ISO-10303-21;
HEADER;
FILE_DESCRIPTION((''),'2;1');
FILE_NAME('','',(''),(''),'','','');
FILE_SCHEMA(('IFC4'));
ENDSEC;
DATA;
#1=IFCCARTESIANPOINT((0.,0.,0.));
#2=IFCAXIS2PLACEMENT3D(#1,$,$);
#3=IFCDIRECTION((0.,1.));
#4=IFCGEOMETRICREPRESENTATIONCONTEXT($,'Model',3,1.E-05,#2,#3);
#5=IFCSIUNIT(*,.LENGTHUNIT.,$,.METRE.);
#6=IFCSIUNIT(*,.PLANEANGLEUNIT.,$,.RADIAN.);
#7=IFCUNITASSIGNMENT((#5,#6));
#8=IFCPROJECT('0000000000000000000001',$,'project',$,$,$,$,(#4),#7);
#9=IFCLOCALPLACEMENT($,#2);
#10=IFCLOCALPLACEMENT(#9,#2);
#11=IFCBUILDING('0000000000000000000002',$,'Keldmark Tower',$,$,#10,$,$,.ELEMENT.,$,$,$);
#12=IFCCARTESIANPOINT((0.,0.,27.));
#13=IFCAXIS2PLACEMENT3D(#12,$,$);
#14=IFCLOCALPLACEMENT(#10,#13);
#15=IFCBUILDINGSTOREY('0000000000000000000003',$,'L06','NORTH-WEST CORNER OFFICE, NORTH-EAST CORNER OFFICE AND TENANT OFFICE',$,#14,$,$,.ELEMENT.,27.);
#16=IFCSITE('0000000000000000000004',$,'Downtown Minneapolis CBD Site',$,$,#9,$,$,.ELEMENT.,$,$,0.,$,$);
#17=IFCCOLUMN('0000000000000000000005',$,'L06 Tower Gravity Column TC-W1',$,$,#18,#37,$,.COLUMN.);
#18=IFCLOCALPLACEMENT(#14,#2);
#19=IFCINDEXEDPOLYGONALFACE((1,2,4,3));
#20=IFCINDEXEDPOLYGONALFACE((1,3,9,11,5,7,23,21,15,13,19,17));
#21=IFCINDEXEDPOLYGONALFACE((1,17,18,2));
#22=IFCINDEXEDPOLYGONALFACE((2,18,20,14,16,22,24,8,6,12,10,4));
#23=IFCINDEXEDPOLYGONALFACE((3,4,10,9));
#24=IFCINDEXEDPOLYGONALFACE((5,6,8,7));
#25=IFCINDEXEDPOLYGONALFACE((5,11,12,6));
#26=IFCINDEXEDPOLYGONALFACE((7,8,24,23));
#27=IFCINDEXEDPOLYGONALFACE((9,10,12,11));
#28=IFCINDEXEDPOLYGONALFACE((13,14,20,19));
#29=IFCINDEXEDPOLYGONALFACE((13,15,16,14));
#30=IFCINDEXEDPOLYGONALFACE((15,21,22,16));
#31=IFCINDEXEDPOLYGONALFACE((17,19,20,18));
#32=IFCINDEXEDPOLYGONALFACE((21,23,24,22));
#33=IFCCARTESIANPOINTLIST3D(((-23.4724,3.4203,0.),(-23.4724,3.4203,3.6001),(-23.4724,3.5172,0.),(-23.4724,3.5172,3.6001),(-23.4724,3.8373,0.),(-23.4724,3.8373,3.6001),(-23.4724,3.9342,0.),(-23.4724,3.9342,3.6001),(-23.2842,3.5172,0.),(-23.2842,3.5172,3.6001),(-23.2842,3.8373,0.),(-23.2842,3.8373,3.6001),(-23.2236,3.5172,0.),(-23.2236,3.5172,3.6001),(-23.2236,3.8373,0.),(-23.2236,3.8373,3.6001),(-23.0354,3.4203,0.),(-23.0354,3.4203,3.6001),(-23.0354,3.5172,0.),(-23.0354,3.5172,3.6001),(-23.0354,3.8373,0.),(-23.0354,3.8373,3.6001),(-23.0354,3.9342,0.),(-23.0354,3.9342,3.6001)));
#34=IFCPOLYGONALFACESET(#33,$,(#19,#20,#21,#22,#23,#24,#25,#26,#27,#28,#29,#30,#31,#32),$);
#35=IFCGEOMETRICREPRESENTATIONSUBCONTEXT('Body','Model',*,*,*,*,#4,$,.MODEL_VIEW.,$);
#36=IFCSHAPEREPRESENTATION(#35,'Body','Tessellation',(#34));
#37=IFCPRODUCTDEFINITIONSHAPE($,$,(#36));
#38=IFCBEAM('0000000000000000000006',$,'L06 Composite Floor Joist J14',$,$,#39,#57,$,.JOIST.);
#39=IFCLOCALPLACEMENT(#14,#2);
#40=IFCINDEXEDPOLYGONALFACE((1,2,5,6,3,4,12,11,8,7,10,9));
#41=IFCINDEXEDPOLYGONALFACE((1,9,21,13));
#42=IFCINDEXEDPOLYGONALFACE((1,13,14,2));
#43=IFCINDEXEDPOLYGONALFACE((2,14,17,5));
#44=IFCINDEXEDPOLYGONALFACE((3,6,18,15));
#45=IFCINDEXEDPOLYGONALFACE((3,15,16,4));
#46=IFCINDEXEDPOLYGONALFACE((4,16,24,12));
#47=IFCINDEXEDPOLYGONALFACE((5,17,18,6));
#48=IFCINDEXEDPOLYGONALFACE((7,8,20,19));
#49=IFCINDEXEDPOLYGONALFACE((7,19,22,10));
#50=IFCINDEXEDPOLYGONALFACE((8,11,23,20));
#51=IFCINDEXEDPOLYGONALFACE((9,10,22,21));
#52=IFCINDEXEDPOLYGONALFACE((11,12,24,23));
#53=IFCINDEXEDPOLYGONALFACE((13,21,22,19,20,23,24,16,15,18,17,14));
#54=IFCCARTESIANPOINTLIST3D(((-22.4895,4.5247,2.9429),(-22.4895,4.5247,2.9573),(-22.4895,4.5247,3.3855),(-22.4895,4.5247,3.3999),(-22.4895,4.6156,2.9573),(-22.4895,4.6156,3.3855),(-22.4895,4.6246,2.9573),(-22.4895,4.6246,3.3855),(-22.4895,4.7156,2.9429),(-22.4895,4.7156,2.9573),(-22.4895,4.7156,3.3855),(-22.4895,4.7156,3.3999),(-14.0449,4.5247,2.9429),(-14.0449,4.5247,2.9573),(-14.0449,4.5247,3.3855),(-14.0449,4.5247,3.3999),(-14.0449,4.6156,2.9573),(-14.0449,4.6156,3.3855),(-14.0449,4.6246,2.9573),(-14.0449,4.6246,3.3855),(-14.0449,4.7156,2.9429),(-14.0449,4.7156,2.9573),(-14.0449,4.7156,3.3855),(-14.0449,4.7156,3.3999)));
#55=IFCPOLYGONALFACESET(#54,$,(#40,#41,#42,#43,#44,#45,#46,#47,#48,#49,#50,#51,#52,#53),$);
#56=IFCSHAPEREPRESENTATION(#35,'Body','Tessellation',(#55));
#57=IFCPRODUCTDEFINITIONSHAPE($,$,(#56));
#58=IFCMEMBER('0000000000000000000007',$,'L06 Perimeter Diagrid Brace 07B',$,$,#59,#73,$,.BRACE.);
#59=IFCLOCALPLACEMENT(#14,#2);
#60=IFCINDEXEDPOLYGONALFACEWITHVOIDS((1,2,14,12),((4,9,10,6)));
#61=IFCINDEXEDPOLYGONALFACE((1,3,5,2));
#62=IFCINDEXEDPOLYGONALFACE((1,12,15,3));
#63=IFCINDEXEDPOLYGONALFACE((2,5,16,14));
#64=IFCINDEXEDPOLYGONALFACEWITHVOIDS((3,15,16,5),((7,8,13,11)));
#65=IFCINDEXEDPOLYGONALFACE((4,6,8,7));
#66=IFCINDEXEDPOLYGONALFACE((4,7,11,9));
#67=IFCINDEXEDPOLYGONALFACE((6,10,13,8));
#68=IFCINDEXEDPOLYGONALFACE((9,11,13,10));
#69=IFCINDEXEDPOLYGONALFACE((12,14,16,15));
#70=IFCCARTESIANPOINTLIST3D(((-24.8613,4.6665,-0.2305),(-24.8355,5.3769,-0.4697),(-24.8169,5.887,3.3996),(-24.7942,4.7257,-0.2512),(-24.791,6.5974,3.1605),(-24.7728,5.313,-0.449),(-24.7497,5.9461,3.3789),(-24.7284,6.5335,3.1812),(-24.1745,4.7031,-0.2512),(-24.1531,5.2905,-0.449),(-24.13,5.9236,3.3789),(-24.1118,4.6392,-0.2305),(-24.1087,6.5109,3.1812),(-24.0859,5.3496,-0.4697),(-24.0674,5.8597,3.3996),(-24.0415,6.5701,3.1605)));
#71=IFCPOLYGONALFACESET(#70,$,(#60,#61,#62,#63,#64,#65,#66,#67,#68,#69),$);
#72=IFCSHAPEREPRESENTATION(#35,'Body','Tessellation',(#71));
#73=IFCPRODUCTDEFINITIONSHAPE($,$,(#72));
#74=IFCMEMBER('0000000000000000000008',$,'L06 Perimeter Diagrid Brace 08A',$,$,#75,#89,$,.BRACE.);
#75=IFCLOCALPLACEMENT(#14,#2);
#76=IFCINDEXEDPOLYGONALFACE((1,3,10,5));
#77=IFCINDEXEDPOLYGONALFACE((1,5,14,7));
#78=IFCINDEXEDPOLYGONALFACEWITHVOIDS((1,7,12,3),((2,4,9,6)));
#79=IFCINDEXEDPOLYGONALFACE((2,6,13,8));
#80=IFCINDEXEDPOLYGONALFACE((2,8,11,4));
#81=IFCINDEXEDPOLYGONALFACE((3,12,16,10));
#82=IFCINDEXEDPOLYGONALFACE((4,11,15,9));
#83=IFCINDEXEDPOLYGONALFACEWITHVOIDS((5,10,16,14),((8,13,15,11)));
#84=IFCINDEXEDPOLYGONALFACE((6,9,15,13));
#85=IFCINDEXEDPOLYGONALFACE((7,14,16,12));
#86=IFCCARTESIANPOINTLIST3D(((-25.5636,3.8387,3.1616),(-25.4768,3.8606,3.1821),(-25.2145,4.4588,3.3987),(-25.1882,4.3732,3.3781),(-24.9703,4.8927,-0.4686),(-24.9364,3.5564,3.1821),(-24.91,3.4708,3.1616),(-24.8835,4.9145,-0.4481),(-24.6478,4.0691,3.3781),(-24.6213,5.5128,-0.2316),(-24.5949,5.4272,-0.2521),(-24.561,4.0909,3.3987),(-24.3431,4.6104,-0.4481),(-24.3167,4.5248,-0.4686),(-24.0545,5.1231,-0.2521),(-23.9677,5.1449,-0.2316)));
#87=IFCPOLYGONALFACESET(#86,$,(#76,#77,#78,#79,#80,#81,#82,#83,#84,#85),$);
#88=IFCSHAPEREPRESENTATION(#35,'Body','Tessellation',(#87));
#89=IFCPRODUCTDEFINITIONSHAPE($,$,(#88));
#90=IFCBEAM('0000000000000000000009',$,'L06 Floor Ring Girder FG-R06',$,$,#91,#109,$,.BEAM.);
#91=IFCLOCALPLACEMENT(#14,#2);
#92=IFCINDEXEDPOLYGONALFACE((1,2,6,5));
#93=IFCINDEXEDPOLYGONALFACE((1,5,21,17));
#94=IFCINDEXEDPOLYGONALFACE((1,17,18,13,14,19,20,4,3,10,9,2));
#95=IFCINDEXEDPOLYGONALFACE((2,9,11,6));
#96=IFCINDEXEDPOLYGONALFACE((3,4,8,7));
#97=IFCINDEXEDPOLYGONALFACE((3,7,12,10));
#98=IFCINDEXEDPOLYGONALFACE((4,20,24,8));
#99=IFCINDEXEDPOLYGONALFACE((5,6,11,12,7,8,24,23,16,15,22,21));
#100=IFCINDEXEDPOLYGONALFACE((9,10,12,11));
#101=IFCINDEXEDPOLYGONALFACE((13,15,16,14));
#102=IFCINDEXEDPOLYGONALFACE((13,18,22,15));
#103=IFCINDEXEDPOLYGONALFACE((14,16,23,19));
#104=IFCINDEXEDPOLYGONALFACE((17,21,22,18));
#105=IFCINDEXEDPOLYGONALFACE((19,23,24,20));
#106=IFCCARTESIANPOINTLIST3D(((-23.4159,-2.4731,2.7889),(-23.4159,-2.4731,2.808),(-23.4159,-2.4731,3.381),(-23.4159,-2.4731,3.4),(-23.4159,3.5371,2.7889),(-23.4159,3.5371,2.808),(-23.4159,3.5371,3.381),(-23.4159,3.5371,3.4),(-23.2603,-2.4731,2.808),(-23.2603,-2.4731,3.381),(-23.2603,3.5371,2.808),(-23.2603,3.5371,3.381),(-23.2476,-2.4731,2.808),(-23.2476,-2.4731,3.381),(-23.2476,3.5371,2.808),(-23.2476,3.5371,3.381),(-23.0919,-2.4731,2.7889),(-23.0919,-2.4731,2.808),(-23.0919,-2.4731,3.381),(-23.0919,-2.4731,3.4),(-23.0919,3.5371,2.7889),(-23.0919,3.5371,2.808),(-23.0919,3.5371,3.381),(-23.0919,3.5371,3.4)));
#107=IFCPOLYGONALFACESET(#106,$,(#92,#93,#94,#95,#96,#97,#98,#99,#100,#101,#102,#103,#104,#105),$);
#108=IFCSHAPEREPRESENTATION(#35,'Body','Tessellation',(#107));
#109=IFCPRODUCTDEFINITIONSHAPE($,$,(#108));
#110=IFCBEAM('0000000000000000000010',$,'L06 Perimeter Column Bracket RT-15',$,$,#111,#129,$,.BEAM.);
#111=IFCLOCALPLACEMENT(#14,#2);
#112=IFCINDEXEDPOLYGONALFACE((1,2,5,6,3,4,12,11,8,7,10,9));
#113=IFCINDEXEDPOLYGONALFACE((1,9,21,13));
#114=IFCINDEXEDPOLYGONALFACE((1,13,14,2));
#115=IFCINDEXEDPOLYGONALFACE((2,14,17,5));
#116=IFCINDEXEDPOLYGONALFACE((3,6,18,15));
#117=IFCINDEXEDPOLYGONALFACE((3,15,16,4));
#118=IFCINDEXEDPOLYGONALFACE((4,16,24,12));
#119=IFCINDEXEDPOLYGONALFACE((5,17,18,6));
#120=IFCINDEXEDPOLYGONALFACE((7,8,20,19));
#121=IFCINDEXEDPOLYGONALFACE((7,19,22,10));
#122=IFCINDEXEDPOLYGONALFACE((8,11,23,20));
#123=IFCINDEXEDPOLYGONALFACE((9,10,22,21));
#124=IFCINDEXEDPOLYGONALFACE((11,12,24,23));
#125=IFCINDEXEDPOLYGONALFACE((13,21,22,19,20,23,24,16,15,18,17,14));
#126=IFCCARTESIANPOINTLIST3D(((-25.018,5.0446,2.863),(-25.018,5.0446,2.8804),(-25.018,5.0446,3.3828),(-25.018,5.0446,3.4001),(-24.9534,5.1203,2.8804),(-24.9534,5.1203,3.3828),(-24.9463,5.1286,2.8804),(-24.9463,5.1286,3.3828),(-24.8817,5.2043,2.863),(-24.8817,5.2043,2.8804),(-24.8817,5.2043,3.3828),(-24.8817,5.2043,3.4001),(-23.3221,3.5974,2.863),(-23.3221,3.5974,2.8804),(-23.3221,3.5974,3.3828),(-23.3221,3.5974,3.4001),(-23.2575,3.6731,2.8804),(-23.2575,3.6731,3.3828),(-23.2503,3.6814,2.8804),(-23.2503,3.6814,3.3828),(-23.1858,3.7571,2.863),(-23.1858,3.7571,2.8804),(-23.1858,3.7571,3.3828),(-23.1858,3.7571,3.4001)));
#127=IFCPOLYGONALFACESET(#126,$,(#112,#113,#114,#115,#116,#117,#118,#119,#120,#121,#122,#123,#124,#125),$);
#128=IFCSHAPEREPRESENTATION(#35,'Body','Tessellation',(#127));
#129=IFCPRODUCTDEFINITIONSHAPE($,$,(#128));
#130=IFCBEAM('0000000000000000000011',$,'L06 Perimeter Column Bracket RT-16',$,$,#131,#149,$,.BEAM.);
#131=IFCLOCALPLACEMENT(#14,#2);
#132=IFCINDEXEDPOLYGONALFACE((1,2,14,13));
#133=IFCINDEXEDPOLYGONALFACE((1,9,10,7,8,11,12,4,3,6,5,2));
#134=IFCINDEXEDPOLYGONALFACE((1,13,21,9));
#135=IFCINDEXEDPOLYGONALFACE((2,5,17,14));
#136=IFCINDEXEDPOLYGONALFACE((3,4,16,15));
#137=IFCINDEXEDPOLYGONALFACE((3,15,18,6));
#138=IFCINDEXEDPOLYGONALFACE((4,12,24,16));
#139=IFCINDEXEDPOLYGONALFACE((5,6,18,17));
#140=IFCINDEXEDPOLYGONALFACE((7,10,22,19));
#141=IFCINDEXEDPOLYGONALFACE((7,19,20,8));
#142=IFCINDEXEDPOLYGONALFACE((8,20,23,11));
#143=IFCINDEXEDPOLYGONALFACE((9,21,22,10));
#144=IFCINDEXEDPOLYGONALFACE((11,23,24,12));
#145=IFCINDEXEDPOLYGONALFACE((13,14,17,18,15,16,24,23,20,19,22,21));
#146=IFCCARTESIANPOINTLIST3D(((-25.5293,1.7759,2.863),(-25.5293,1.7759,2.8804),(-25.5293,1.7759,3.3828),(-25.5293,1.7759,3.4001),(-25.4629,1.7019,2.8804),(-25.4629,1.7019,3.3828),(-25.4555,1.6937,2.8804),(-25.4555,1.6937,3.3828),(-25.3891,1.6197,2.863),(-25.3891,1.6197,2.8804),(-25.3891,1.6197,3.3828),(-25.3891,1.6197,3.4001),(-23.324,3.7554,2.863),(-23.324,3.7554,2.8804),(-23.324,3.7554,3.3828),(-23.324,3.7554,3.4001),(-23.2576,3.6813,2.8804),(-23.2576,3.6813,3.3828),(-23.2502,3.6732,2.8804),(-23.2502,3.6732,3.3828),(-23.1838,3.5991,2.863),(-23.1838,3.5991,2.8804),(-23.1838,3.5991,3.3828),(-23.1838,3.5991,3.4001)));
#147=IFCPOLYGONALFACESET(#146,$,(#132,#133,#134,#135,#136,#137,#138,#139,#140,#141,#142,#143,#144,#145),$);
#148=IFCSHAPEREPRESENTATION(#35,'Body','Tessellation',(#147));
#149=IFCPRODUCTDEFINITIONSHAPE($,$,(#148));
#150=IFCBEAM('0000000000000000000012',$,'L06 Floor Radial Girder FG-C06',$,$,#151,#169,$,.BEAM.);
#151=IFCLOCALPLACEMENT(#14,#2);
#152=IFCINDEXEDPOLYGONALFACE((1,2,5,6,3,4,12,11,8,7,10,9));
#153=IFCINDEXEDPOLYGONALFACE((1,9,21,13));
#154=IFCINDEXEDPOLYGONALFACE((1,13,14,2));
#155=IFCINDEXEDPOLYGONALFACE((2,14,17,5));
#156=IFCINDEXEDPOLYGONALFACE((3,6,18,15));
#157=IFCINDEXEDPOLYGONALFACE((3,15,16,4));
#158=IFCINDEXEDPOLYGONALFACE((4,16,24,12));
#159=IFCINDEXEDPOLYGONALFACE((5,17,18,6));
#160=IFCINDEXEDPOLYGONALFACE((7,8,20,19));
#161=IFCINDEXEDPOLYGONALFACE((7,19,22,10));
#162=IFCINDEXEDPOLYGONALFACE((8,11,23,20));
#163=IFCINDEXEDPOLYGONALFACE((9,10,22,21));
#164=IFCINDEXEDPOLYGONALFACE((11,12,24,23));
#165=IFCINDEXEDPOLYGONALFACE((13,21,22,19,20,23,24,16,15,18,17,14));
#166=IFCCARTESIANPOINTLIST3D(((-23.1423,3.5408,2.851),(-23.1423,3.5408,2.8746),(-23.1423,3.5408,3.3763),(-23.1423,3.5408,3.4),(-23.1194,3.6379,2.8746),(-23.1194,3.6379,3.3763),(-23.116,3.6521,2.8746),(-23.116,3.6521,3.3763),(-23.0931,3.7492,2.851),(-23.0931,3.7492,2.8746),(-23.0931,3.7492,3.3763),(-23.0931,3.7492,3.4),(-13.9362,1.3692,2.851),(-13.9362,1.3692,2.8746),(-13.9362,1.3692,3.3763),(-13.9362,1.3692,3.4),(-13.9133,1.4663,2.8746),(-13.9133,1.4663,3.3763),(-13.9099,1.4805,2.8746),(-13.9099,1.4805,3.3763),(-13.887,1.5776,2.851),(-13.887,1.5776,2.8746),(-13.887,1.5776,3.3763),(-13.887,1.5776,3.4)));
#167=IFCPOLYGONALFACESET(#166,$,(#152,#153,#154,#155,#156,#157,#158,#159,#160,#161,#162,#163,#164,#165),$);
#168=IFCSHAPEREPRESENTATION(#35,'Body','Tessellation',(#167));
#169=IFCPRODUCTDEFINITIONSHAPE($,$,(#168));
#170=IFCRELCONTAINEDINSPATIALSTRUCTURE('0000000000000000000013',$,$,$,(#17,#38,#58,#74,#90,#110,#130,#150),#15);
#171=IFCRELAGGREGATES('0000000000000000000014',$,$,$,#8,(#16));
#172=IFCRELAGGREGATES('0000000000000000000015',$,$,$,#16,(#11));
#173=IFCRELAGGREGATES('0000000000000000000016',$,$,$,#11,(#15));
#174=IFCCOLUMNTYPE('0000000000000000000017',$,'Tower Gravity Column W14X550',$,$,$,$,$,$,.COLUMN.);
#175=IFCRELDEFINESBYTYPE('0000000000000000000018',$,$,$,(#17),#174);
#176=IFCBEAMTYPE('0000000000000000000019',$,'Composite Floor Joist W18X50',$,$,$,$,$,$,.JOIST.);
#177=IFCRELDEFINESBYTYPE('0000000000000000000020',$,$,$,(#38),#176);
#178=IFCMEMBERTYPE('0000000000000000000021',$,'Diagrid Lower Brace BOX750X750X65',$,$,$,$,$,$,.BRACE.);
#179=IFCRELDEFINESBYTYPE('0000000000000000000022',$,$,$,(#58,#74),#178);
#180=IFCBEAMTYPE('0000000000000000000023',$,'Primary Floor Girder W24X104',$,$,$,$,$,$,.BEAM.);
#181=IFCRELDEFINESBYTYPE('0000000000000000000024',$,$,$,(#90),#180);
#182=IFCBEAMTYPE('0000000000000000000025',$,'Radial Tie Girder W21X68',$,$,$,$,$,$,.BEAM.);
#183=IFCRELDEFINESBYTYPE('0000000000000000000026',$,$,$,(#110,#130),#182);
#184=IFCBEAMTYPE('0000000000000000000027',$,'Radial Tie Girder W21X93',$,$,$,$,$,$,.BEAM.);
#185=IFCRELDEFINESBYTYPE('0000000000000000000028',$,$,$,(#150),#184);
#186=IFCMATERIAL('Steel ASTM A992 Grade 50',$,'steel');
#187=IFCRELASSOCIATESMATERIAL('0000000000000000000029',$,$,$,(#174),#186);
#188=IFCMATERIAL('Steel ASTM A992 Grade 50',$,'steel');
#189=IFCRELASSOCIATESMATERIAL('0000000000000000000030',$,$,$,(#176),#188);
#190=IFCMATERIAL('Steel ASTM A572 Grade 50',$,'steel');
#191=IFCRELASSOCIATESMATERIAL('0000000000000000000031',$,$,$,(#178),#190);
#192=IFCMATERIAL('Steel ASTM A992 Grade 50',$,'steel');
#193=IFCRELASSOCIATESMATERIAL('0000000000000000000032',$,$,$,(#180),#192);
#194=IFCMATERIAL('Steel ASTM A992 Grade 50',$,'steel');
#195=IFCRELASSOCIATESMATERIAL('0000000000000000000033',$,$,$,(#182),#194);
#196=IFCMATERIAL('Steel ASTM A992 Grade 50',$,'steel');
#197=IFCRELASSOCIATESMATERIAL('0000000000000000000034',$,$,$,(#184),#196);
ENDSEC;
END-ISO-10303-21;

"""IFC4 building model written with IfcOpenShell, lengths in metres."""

from ifc_helpers import new_model, si_unit, direction, frame, origin, origin_2d, place, context, subcontext, project, spatial, hollow_rectangle, i_section, extrude, material, material_profile, profile_set, type_object, element, save


model = new_model("IFC4")

# Units and contexts
model_context = context("Model", 3, precision=1e-05, world=origin(), true_north=direction((0.0, 1.0)))
body_context = subcontext(model_context, "Body", "Model", "MODEL_VIEW")
ifc_project = project(units=[si_unit("LENGTHUNIT", "METRE"), si_unit("PLANEANGLEUNIT", "RADIAN")], contexts=[model_context])

# Site, building, storey
site_placement = place(None, origin())
site = spatial("IfcSite", under=ifc_project, at=site_placement, Name="Downtown Minneapolis CBD Site", CompositionType="ELEMENT", RefElevation=0.0)
building_placement = place(site_placement, origin())
building = spatial("IfcBuilding", under=site, at=building_placement, Name="Keldmark Tower", CompositionType="ELEMENT")
storey_placement = place(building_placement, frame((0.0, 0.0, 27.0)))
storey = spatial("IfcBuildingStorey", under=building, at=storey_placement, Name="L06", Description="NORTH-WEST CORNER OFFICE, NORTH-EAST CORNER OFFICE AND TENANT OFFICE", CompositionType="ELEMENT", Elevation=27.0)

# Column
ifc_material_1 = material(Name="Steel ASTM A992 Grade 50", Category="steel")
ifc_material_profile_1 = material_profile(ifc_material_1, i_section(OverallWidth=0.437, OverallDepth=0.5139, WebThickness=0.0605, FlangeThickness=0.0969, at=origin_2d()), Name="W14X550")
ifc_profile_set_1 = profile_set([ifc_material_profile_1], Name="Steel ASTM A992 Grade 50")
column_type = type_object("IfcColumnType", Name="Tower Gravity Column W14X550", PredefinedType="COLUMN", material=ifc_profile_set_1)
column_placement = place(storey_placement, frame((-23.2539, 3.6772, 0.0), z_axis=(0.0, 0.0, 1.0), x_axis=(1.0, 0.0, 0.0)))
element("IfcColumn", 1, at=column_placement, inside=storey, type_object=column_type, Name="L06 Tower Gravity Column TC-W1", PredefinedType="COLUMN", context=body_context, shape_type="SweptSolid", body=[
    extrude(i_section(OverallWidth=0.437, OverallDepth=0.5139, WebThickness=0.0605, FlangeThickness=0.0969, at=origin_2d()), origin(), (0.0, 0.0, 1.0), 3.6001),
])

# Beam
ifc_material_2 = material(Name="Steel ASTM A992 Grade 50", Category="steel")
ifc_material_profile_2 = material_profile(ifc_material_2, i_section(OverallWidth=0.1909, OverallDepth=0.457, WebThickness=0.009, FlangeThickness=0.0144, at=origin_2d()), Name="W18X50")
ifc_profile_set_2 = profile_set([ifc_material_profile_2], Name="Steel ASTM A992 Grade 50")
beam_type_1 = type_object("IfcBeamType", Name="Composite Floor Joist W18X50", PredefinedType="JOIST", material=ifc_profile_set_2)
beam_1_placement = place(storey_placement, frame((-22.4895, 4.6201, 3.1714), z_axis=(1.0, 0.0, 0.0), x_axis=(0.0, 1.0, 0.0)))
element("IfcBeam", 2, at=beam_1_placement, inside=storey, type_object=beam_type_1, Name="L06 Composite Floor Joist J14", PredefinedType="JOIST", context=body_context, shape_type="SweptSolid", body=[
    extrude(i_section(OverallWidth=0.1909, OverallDepth=0.457, WebThickness=0.009, FlangeThickness=0.0144, at=origin_2d()), origin(), (0.0, 0.0, 1.0), 8.4446),
])

# Members
ifc_material_3 = material(Name="Steel ASTM A572 Grade 50", Category="steel")
ifc_material_profile_3 = material_profile(ifc_material_3, hollow_rectangle(XDim=0.75, YDim=0.75, WallThickness=0.0649, at=origin_2d()), Name="BOX750X750X65")
ifc_profile_set_3 = profile_set([ifc_material_profile_3], Name="Steel ASTM A572 Grade 50")
member_type = type_object("IfcMemberType", Name="Diagrid Lower Brace BOX750X750X65", PredefinedType="BRACE", material=ifc_profile_set_3)
member_1_placement = place(storey_placement, frame((-24.4736, 5.0081, -0.3501), z_axis=(0.011601, 0.318653, 0.9478), x_axis=(-0.999338, 0.036383, 0.0)))
element("IfcMember", 3, at=member_1_placement, inside=storey, type_object=member_type, Name="L06 Perimeter Diagrid Brace 07B", PredefinedType="BRACE", context=body_context, shape_type="SweptSolid", body=[
    extrude(hollow_rectangle(XDim=0.75, YDim=0.75, WallThickness=0.0649, at=origin_2d()), origin(), (0.0, 0.0, 1.0), 3.8301),
])
member_2_placement = place(storey_placement, frame((-24.469, 5.0188, -0.3501), z_axis=(-0.155048, -0.27545, 0.948729), x_axis=(0.87143, -0.49052, 0.0)))
element("IfcMember", 4, at=member_2_placement, inside=storey, type_object=member_type, Name="L06 Perimeter Diagrid Brace 08A", PredefinedType="BRACE", context=body_context, shape_type="SweptSolid", body=[
    extrude(hollow_rectangle(XDim=0.75, YDim=0.75, WallThickness=0.0649, at=origin_2d()), origin(), (0.0, 0.0, 1.0), 3.8264),
])

# Beams
ifc_material_4 = material(Name="Steel ASTM A992 Grade 50", Category="steel")
ifc_material_profile_4 = material_profile(ifc_material_4, i_section(OverallWidth=0.324, OverallDepth=0.6111, WebThickness=0.0127, FlangeThickness=0.019, at=origin_2d()), Name="W24X104")
ifc_profile_set_4 = profile_set([ifc_material_profile_4], Name="Steel ASTM A992 Grade 50")
beam_type_2 = type_object("IfcBeamType", Name="Primary Floor Girder W24X104", PredefinedType="BEAM", material=ifc_profile_set_4)
beam_2_placement = place(storey_placement, frame((-23.2539, 3.5371, 3.0945), z_axis=(0.0, -1.0, 0.0), x_axis=(1.0, 0.0, 0.0)))
element("IfcBeam", 5, at=beam_2_placement, inside=storey, type_object=beam_type_2, Name="L06 Floor Ring Girder FG-R06", PredefinedType="BEAM", context=body_context, shape_type="SweptSolid", body=[
    extrude(i_section(OverallWidth=0.324, OverallDepth=0.6111, WebThickness=0.0127, FlangeThickness=0.019, at=origin_2d()), origin(), (0.0, 0.0, 1.0), 6.0103),
])
ifc_material_5 = material(Name="Steel ASTM A992 Grade 50", Category="steel")
ifc_material_profile_5 = material_profile(ifc_material_5, i_section(OverallWidth=0.21, OverallDepth=0.5371, WebThickness=0.011, FlangeThickness=0.0173, at=origin_2d()), Name="W21X68")
ifc_profile_set_5 = profile_set([ifc_material_profile_5], Name="Steel ASTM A992 Grade 50")
beam_type_3 = type_object("IfcBeamType", Name="Radial Tie Girder W21X68", PredefinedType="BEAM", material=ifc_profile_set_5)
beam_3_placement = place(storey_placement, frame((-23.2539, 3.6772, 3.1316), z_axis=(-0.760692, 0.649113, 0.0), x_axis=(-0.649113, -0.760692, 0.0)))
element("IfcBeam", 6, at=beam_3_placement, inside=storey, type_object=beam_type_3, Name="L06 Perimeter Column Bracket RT-15", PredefinedType="BEAM", context=body_context, shape_type="SweptSolid", body=[
    extrude(i_section(OverallWidth=0.21, OverallDepth=0.5371, WebThickness=0.011, FlangeThickness=0.0173, at=origin_2d()), origin(), (0.0, 0.0, 1.0), 2.2295),
])
beam_4_placement = place(storey_placement, frame((-23.2539, 3.6772, 3.1316), z_axis=(-0.744182, -0.667976, 0.0), x_axis=(0.667976, -0.744182, 0.0)))
element("IfcBeam", 7, at=beam_4_placement, inside=storey, type_object=beam_type_3, Name="L06 Perimeter Column Bracket RT-16", PredefinedType="BEAM", context=body_context, shape_type="SweptSolid", body=[
    extrude(i_section(OverallWidth=0.21, OverallDepth=0.5371, WebThickness=0.011, FlangeThickness=0.0173, at=origin_2d()), origin(), (0.0, 0.0, 1.0), 2.9634),
])
ifc_material_6 = material(Name="Steel ASTM A992 Grade 50", Category="steel")
ifc_material_profile_6 = material_profile(ifc_material_6, i_section(OverallWidth=0.2141, OverallDepth=0.5491, WebThickness=0.0146, FlangeThickness=0.0237, at=origin_2d()), Name="W21X93")
ifc_profile_set_6 = profile_set([ifc_material_profile_6], Name="Steel ASTM A992 Grade 50")
beam_type_4 = type_object("IfcBeamType", Name="Radial Tie Girder W21X93", PredefinedType="BEAM", material=ifc_profile_set_6)
beam_5_placement = place(storey_placement, frame((-23.1177, 3.645, 3.1255), z_axis=(0.973287, -0.22959, 0.0), x_axis=(0.22959, 0.973287, 0.0)))
element("IfcBeam", 8, at=beam_5_placement, inside=storey, type_object=beam_type_4, Name="L06 Floor Radial Girder FG-C06", PredefinedType="BEAM", context=body_context, shape_type="SweptSolid", body=[
    extrude(i_section(OverallWidth=0.2141, OverallDepth=0.5491, WebThickness=0.0146, FlangeThickness=0.0237, at=origin_2d()), origin(), (0.0, 0.0, 1.0), 9.4587),
])

save(model, "model.ifc")
